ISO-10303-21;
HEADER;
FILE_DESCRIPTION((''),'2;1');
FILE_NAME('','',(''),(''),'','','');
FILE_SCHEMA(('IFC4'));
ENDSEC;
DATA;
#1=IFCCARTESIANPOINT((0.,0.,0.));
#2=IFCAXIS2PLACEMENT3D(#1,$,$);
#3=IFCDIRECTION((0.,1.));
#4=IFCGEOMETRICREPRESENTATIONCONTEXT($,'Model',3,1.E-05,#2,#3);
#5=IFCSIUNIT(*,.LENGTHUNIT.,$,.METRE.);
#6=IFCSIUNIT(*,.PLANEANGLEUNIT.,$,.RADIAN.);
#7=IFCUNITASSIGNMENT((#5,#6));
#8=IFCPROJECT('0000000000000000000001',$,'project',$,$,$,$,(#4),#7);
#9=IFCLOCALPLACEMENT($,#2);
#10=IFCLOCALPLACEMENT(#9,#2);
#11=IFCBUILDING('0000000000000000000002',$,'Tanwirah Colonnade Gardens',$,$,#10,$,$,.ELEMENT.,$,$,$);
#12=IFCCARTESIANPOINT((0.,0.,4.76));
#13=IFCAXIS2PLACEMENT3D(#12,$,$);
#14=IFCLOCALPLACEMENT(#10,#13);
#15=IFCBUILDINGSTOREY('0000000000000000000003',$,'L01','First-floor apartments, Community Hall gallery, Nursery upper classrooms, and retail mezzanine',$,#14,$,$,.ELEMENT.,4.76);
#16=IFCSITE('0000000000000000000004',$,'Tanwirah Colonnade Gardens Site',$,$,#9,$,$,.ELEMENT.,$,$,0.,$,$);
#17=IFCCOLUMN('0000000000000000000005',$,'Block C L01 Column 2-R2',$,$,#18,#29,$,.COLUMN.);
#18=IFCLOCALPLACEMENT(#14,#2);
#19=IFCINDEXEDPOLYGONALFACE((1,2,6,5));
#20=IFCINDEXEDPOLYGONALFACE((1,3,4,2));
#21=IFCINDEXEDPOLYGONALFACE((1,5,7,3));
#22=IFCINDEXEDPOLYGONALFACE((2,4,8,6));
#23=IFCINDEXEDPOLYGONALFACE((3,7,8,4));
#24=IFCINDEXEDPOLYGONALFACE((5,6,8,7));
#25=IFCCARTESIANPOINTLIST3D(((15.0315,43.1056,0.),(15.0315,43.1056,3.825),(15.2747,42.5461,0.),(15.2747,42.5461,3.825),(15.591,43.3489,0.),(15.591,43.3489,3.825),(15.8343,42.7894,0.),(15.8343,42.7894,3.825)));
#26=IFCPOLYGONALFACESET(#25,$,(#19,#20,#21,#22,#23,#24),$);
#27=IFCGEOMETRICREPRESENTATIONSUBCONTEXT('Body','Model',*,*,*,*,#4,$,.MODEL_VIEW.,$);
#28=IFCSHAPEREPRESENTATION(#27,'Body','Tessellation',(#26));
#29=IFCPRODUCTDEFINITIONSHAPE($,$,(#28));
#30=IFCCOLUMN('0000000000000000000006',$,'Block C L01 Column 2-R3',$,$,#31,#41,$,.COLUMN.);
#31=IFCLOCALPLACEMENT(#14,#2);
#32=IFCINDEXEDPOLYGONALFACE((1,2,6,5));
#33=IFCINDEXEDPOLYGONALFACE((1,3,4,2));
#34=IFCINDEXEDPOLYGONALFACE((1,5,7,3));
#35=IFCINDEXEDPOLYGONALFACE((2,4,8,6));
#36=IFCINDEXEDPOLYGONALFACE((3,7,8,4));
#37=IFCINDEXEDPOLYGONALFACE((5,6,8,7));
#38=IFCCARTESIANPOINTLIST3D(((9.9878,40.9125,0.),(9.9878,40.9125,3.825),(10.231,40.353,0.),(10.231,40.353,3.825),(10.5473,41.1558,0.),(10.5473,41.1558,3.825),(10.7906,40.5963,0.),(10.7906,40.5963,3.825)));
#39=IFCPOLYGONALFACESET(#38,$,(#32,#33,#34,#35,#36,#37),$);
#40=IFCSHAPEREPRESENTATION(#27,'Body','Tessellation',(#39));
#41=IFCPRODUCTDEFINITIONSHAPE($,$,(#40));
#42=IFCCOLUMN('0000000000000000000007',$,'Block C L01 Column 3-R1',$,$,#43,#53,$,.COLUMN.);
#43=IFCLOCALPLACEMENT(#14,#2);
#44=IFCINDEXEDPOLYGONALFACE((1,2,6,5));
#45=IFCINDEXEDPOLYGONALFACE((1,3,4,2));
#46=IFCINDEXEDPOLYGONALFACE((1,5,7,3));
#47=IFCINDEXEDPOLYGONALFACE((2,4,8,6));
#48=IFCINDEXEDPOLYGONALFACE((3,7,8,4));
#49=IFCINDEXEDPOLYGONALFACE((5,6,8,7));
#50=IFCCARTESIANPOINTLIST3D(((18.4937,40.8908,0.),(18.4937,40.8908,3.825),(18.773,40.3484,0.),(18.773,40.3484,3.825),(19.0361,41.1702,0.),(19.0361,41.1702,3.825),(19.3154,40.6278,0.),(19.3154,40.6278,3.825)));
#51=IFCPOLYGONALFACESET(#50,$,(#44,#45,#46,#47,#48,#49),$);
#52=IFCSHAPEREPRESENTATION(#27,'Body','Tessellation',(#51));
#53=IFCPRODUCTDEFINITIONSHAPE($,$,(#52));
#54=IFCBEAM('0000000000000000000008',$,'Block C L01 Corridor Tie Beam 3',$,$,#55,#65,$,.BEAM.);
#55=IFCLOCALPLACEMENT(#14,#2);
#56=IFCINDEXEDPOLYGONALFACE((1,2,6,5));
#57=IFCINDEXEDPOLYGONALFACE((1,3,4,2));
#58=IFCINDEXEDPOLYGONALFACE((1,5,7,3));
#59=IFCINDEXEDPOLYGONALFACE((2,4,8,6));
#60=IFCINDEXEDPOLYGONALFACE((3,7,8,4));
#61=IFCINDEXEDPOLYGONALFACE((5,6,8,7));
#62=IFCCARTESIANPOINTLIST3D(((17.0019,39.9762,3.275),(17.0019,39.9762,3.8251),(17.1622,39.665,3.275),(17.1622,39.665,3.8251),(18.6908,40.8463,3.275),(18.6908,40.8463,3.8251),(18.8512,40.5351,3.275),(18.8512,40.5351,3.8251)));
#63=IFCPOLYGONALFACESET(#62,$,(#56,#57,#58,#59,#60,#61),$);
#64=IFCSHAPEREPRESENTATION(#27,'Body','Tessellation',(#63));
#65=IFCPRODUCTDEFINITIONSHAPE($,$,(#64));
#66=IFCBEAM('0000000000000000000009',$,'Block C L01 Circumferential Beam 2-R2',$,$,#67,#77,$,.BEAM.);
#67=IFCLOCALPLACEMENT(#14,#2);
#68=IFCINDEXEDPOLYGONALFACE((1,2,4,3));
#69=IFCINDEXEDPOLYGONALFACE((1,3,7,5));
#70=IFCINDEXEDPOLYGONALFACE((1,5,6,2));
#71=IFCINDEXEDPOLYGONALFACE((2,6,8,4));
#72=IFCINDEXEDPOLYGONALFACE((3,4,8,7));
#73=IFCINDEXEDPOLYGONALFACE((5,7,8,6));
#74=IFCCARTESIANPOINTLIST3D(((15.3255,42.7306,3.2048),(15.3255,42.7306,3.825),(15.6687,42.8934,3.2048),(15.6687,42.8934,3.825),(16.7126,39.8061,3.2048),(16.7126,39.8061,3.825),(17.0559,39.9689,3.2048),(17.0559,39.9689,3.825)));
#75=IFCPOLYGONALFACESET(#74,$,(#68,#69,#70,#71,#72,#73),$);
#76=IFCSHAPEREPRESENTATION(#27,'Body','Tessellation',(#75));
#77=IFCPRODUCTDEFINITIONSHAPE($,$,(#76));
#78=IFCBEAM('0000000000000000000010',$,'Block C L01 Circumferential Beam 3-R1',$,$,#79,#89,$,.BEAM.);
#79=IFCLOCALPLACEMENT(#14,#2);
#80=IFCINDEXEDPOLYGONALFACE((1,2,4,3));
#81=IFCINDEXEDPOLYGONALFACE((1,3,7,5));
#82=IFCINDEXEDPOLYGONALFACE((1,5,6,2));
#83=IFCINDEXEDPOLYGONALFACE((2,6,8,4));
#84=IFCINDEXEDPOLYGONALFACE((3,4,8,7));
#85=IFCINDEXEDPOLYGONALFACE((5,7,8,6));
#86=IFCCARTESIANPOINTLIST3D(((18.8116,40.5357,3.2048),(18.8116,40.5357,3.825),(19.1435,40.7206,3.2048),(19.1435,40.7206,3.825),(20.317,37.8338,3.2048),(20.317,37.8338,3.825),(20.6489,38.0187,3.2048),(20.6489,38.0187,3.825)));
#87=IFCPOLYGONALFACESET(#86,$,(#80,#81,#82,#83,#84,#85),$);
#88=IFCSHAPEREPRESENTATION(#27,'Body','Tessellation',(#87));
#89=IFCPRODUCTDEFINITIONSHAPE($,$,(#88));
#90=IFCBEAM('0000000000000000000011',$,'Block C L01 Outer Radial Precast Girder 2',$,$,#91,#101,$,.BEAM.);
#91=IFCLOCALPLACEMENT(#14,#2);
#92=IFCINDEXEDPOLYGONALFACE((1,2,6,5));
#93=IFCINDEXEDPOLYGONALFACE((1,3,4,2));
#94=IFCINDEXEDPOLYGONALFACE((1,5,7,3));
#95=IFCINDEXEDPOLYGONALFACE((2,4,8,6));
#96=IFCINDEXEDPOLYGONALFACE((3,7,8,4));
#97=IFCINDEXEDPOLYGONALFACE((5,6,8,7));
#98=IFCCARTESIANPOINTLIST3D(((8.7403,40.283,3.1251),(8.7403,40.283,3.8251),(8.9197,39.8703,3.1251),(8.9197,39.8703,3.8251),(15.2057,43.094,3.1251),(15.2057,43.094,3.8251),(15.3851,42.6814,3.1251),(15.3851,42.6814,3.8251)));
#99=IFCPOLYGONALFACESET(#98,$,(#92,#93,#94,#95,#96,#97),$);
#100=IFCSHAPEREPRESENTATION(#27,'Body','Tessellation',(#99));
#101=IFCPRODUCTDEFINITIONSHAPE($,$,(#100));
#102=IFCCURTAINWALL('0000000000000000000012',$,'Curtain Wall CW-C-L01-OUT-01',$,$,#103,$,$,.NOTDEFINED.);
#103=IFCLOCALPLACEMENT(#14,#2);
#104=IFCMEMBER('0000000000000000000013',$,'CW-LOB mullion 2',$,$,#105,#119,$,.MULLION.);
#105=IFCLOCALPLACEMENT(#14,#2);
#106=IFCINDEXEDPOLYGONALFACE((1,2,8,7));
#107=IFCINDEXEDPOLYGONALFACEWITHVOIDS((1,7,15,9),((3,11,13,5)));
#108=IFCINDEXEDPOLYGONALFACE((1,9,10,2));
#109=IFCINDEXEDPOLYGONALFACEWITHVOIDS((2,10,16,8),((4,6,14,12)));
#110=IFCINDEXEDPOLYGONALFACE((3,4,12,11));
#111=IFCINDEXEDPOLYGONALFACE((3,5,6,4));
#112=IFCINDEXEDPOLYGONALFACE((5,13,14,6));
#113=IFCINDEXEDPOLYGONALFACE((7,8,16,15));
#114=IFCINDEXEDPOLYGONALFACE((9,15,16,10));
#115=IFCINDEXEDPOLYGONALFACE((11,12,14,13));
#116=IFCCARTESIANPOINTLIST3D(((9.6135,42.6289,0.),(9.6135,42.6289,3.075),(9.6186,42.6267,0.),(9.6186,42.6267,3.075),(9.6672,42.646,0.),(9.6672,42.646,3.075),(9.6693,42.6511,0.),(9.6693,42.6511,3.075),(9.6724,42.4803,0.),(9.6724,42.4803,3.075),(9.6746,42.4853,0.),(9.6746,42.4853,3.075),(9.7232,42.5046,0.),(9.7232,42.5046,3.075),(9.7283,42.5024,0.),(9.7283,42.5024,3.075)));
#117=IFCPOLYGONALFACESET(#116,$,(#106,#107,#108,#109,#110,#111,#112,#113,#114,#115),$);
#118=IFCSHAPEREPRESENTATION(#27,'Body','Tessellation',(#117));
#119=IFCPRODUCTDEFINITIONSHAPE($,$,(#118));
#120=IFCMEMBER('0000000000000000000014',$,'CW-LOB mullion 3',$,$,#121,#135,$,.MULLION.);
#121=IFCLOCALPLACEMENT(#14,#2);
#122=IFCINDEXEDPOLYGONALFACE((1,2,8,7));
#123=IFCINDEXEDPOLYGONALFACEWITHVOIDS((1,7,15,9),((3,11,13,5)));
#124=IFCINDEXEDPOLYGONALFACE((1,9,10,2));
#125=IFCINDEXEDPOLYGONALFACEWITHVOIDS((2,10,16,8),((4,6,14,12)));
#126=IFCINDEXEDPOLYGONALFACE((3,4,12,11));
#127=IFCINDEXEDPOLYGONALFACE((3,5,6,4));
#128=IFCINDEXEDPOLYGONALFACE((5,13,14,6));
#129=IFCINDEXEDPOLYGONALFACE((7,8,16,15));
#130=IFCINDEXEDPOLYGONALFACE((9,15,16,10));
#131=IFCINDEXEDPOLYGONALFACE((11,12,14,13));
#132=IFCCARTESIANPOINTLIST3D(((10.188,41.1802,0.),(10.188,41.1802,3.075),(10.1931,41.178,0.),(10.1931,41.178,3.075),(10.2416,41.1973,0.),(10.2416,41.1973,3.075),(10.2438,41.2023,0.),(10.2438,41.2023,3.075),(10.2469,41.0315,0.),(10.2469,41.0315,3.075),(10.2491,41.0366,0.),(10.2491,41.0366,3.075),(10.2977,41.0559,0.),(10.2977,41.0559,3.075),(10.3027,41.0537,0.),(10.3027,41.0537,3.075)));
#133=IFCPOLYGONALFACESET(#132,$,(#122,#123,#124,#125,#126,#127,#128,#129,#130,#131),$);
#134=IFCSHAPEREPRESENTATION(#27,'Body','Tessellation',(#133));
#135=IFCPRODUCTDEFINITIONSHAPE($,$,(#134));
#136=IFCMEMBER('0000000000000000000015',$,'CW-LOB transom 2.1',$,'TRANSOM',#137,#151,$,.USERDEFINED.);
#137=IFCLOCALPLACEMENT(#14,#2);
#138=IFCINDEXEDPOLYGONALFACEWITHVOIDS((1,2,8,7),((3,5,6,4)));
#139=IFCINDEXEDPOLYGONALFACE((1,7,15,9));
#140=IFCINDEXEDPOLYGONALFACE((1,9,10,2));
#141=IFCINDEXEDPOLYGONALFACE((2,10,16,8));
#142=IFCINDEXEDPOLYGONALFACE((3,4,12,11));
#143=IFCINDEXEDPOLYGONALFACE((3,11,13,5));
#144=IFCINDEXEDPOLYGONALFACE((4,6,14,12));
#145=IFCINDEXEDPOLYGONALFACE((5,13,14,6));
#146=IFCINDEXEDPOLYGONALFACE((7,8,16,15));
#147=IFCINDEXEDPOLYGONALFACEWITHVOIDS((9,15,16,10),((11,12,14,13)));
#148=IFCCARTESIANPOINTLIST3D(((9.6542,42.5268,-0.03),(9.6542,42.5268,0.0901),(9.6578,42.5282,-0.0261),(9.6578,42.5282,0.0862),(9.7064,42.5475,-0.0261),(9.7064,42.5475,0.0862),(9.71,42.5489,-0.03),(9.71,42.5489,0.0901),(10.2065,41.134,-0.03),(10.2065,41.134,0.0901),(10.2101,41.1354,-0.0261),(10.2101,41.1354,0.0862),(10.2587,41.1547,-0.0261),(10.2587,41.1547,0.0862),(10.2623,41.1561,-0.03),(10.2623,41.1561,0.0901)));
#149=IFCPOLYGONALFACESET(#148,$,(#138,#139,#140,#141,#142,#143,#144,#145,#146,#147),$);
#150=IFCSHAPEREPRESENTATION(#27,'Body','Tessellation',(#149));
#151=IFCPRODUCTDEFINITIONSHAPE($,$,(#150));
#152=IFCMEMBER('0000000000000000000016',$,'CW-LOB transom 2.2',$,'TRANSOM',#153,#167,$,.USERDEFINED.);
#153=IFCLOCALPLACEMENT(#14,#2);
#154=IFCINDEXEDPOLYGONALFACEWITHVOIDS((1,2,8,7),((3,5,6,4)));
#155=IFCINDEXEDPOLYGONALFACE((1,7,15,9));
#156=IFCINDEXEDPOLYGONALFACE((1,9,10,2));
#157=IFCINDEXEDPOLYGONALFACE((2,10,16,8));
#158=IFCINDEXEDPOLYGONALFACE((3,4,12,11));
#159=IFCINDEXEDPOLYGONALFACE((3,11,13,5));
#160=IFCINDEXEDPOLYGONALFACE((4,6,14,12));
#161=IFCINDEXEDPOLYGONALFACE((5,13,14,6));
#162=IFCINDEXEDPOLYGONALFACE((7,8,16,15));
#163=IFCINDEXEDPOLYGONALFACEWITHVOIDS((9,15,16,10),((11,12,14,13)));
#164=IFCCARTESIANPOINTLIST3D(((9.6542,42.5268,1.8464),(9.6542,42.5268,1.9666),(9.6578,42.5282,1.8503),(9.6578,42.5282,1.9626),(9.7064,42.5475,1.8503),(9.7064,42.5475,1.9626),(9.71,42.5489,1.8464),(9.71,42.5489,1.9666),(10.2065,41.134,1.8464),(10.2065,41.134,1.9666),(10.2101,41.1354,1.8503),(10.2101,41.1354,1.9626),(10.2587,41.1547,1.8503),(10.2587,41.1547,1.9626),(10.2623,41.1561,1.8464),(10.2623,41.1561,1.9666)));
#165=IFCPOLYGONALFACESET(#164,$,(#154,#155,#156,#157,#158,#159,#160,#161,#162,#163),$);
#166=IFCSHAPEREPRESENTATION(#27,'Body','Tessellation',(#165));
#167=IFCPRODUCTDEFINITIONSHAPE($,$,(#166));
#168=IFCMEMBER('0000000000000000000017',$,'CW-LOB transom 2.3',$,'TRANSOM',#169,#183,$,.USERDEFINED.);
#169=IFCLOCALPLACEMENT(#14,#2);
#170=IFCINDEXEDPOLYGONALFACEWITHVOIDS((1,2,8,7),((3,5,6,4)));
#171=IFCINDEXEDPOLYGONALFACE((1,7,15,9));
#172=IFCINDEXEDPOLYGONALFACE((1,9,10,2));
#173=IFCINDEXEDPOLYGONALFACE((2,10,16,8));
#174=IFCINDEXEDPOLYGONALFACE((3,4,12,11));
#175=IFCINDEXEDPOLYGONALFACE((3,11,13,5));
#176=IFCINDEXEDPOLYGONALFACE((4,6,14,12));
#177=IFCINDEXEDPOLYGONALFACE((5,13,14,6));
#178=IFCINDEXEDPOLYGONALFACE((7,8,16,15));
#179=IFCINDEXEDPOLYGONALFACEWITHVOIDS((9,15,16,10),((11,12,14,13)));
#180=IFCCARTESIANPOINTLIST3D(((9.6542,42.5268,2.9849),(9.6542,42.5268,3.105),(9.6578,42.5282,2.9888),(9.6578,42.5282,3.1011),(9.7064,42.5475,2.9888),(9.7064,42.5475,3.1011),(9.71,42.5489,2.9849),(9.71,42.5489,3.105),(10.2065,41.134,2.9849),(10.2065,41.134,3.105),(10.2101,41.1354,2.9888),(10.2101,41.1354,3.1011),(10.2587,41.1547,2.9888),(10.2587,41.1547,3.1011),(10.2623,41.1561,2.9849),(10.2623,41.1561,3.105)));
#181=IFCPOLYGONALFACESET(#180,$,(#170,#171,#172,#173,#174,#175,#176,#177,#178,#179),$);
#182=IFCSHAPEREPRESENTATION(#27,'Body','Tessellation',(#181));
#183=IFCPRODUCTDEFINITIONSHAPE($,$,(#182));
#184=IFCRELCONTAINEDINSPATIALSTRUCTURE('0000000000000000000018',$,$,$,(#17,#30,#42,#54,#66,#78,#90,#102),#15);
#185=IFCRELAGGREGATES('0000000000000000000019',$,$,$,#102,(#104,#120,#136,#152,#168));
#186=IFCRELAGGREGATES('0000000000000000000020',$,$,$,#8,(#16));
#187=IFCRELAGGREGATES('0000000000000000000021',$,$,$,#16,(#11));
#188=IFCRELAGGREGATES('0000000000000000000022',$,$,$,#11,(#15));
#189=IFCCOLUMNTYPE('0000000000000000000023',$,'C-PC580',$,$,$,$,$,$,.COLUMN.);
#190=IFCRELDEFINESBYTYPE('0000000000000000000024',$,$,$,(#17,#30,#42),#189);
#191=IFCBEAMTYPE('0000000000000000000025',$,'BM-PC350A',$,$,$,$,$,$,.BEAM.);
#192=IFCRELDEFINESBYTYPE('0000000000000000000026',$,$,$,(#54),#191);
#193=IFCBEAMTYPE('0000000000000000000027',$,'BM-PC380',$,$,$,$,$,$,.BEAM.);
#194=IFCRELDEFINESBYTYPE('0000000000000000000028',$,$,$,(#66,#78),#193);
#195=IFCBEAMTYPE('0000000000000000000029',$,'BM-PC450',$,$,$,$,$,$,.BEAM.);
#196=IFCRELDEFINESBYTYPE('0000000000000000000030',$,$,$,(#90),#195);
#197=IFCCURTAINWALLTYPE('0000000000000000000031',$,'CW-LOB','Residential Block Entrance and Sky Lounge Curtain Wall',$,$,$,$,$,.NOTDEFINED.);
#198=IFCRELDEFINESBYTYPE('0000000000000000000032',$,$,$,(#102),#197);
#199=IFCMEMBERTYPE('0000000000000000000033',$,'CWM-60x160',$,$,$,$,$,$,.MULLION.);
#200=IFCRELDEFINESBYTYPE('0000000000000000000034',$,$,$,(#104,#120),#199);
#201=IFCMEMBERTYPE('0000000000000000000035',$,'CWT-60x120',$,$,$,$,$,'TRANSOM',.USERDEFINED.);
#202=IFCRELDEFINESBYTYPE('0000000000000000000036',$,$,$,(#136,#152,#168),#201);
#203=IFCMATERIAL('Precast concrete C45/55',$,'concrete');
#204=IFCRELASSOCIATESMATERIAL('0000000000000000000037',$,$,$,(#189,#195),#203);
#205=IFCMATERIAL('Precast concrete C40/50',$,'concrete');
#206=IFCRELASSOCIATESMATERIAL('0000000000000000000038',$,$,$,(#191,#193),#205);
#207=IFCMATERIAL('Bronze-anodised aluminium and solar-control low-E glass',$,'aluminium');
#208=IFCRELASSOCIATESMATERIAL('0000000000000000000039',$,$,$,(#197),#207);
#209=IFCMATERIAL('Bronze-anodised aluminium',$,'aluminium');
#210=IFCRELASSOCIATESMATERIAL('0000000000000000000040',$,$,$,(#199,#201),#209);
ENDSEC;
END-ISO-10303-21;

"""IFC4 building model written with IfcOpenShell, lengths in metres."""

from ifc_helpers import new_model, si_unit, direction, frame, origin, origin_2d, place, context, subcontext, project, spatial, rectangle, hollow_rectangle, extrude, material, material_profile, profile_set, type_object, element, aggregate, save


model = new_model("IFC4")

# Units and contexts
model_context = context("Model", 3, precision=1e-05, world=origin(), true_north=direction((0.0, 1.0)))
body_context = subcontext(model_context, "Body", "Model", "MODEL_VIEW")
ifc_project = project(units=[si_unit("LENGTHUNIT", "METRE"), si_unit("PLANEANGLEUNIT", "RADIAN")], contexts=[model_context])

# Site, building, storey
site_placement = place(None, origin())
site = spatial("IfcSite", under=ifc_project, at=site_placement, Name="Tanwirah Colonnade Gardens Site", CompositionType="ELEMENT", RefElevation=0.0)
building_placement = place(site_placement, origin())
building = spatial("IfcBuilding", under=site, at=building_placement, Name="Tanwirah Colonnade Gardens", CompositionType="ELEMENT")
storey_placement = place(building_placement, frame((0.0, 0.0, 4.76)))
storey = spatial("IfcBuildingStorey", under=building, at=storey_placement, Name="L01", Description="First-floor apartments, Community Hall gallery, Nursery upper classrooms, and retail mezzanine", CompositionType="ELEMENT", Elevation=4.76)

# Columns
ifc_material_1 = material(Name="Precast concrete C45/55", Category="concrete")
ifc_material_profile_1 = material_profile(ifc_material_1, rectangle(XDim=0.6101, YDim=0.6101, at=origin_2d()), Name="PC-COL 610x610")
ifc_profile_set_1 = profile_set([ifc_material_profile_1], Name="Precast concrete C45/55")
column_type = type_object("IfcColumnType", Name="C-PC580", PredefinedType="COLUMN", material=ifc_profile_set_1)
for number, where, z_axis, x_axis, name in (
    (1, (15.4329, 42.9475, 0.0), (0.0, 0.0, 1.0), (-0.91706, -0.398749, 0.0), "Block C L01 Column 2-R2"),
    (2, (10.3892, 40.7544, 0.0), (0.0, 0.0, 1.0), (-0.91706, -0.398749, 0.0), "Block C L01 Column 2-R3"),
    (3, (18.9045, 40.7593, 0.0), (0.0, 0.0, 1.0), (-0.889017, -0.457874, 0.0), "Block C L01 Column 3-R1"),
):
    element("IfcColumn", number, at=place(storey_placement, frame(where, z_axis=z_axis, x_axis=x_axis)), inside=storey, type_object=column_type, Name=name, PredefinedType="COLUMN", context=body_context, shape_type="SweptSolid", body=[
        extrude(rectangle(XDim=0.6101, YDim=0.6101, at=origin_2d()), origin(), (0.0, 0.0, 1.0), 3.825),
    ])

# Beams
ifc_material_2 = material(Name="Precast concrete C40/50", Category="concrete")
ifc_material_profile_2 = material_profile(ifc_material_2, rectangle(XDim=0.3501, YDim=0.55, at=origin_2d()), Name="PC-BM 350x550")
ifc_profile_set_2 = profile_set([ifc_material_profile_2], Name="Precast concrete C40/50")
beam_type_1 = type_object("IfcBeamType", Name="BM-PC350A", PredefinedType="BEAM", material=ifc_profile_set_2)
beam_1_placement = place(storey_placement, frame((18.771, 40.6907, 3.55), z_axis=(-0.888965, -0.457975, 0.0), x_axis=(0.457975, -0.888965, 0.0)))
element("IfcBeam", 4, at=beam_1_placement, inside=storey, type_object=beam_type_1, Name="Block C L01 Corridor Tie Beam 3", PredefinedType="BEAM", context=body_context, shape_type="SweptSolid", body=[
    extrude(rectangle(XDim=0.3501, YDim=0.55, at=origin_2d()), origin(), (0.0, 0.0, 1.0), 1.8999),
])
ifc_material_profile_3 = material_profile(ifc_material_2, rectangle(XDim=0.3799, YDim=0.6201, at=origin_2d()), Name="PC-BM 380x620")
ifc_profile_set_3 = profile_set([ifc_material_profile_3], Name="Precast concrete C40/50")
beam_type_2 = type_object("IfcBeamType", Name="BM-PC380", PredefinedType="BEAM", material=ifc_profile_set_3)
beam_2_placement = place(storey_placement, frame((15.4971, 42.812, 3.5149), z_axis=(0.428563, -0.903512, 0.0), x_axis=(0.903512, 0.428563, 0.0)))
element("IfcBeam", 5, at=beam_2_placement, inside=storey, type_object=beam_type_2, Name="Block C L01 Circumferential Beam 2-R2", PredefinedType="BEAM", context=body_context, shape_type="SweptSolid", body=[
    extrude(rectangle(XDim=0.3799, YDim=0.6201, at=origin_2d()), origin(), (0.0, 0.0, 1.0), 3.2368),
])
beam_3_placement = place(storey_placement, frame((18.9775, 40.6282, 3.5149), z_axis=(0.486708, -0.873565, 0.0), x_axis=(0.873565, 0.486708, 0.0)))
element("IfcBeam", 6, at=beam_3_placement, inside=storey, type_object=beam_type_2, Name="Block C L01 Circumferential Beam 3-R1", PredefinedType="BEAM", context=body_context, shape_type="SweptSolid", body=[
    extrude(rectangle(XDim=0.3799, YDim=0.6201, at=origin_2d()), origin(), (0.0, 0.0, 1.0), 3.093),
])
ifc_material_profile_4 = material_profile(ifc_material_1, rectangle(XDim=0.45, YDim=0.7, at=origin_2d()), Name="PC-BM 450x700")
ifc_profile_set_4 = profile_set([ifc_material_profile_4], Name="Precast concrete C45/55")
beam_type_3 = type_object("IfcBeamType", Name="BM-PC450", PredefinedType="BEAM", material=ifc_profile_set_4)
beam_4_placement = place(storey_placement, frame((15.2954, 42.8877, 3.4751), z_axis=(-0.917069, -0.398729, 0.0), x_axis=(0.398729, -0.917069, 0.0)))
element("IfcBeam", 7, at=beam_4_placement, inside=storey, type_object=beam_type_3, Name="Block C L01 Outer Radial Precast Girder 2", PredefinedType="BEAM", context=body_context, shape_type="SweptSolid", body=[
    extrude(rectangle(XDim=0.45, YDim=0.7, at=origin_2d()), origin(), (0.0, 0.0, 1.0), 7.05),
])

# Curtain wall, members
ifc_material_3 = material(Name="Bronze-anodised aluminium and solar-control low-E glass", Category="aluminium")
curtain_wall_type = type_object("IfcCurtainWallType", Name="CW-LOB", Description="Residential Block Entrance and Sky Lounge Curtain Wall", PredefinedType="NOTDEFINED", material=ifc_material_3)
curtain_wall_placement = place(storey_placement, origin())
curtain_wall = element("IfcCurtainWall", 8, at=curtain_wall_placement, inside=storey, type_object=curtain_wall_type, Name="Curtain Wall CW-C-L01-OUT-01", PredefinedType="NOTDEFINED")
ifc_material_4 = material(Name="Bronze-anodised aluminium", Category="aluminium")
ifc_material_profile_5 = material_profile(ifc_material_4, hollow_rectangle(XDim=0.0601, YDim=0.1599, WallThickness=0.0039, at=origin_2d()), Name="CW-MUL 60x160x4")
ifc_profile_set_5 = profile_set([ifc_material_profile_5], Name="Bronze-anodised aluminium")
member_type_1 = type_object("IfcMemberType", Name="CWM-60x160", PredefinedType="MULLION", material=ifc_profile_set_5)
member_1_placement = place(storey_placement, frame((9.6709, 42.5657, 0.0), z_axis=(0.0, 0.0, 1.0), x_axis=(0.929616, 0.368529, 0.0)))
member_1 = element("IfcMember", 9, at=member_1_placement, type_object=member_type_1, Name="CW-LOB mullion 2", PredefinedType="MULLION", context=body_context, shape_type="SweptSolid", body=[
    extrude(hollow_rectangle(XDim=0.0601, YDim=0.1599, WallThickness=0.0039, at=origin_2d()), origin(), (0.0, 0.0, 1.0), 3.075),
])
member_2_placement = place(storey_placement, frame((10.2454, 41.1169, 0.0), z_axis=(0.0, 0.0, 1.0), x_axis=(0.929616, 0.368529, 0.0)))
member_2 = element("IfcMember", 10, at=member_2_placement, type_object=member_type_1, Name="CW-LOB mullion 3", PredefinedType="MULLION", context=body_context, shape_type="SweptSolid", body=[
    extrude(hollow_rectangle(XDim=0.0601, YDim=0.1599, WallThickness=0.0039, at=origin_2d()), origin(), (0.0, 0.0, 1.0), 3.075),
])
ifc_material_profile_6 = material_profile(ifc_material_4, hollow_rectangle(XDim=0.0601, YDim=0.1201, WallThickness=0.0039, at=origin_2d()), Name="CW-TRN 60x120x4")
ifc_profile_set_6 = profile_set([ifc_material_profile_6], Name="Bronze-anodised aluminium")
member_type_2 = type_object("IfcMemberType", Name="CWT-60x120", ElementType="TRANSOM", PredefinedType="USERDEFINED", material=ifc_profile_set_6)
member_3_placement = place(storey_placement, frame((9.6821, 42.5378, 0.03), z_axis=(0.36858, -0.929596, 0.0), x_axis=(0.929596, 0.36858, 0.0)))
member_3 = element("IfcMember", 11, at=member_3_placement, type_object=member_type_2, Name="CW-LOB transom 2.1", ObjectType="TRANSOM", PredefinedType="USERDEFINED", context=body_context, shape_type="SweptSolid", body=[
    extrude(hollow_rectangle(XDim=0.0601, YDim=0.1201, WallThickness=0.0039, at=origin_2d()), origin(), (0.0, 0.0, 1.0), 1.4983),
])
member_4_placement = place(storey_placement, frame((9.6821, 42.5378, 1.9065), z_axis=(0.36858, -0.929596, 0.0), x_axis=(0.929596, 0.36858, 0.0)))
member_4 = element("IfcMember", 12, at=member_4_placement, type_object=member_type_2, Name="CW-LOB transom 2.2", ObjectType="TRANSOM", PredefinedType="USERDEFINED", context=body_context, shape_type="SweptSolid", body=[
    extrude(hollow_rectangle(XDim=0.0601, YDim=0.1201, WallThickness=0.0039, at=origin_2d()), origin(), (0.0, 0.0, 1.0), 1.4983),
])
member_5_placement = place(storey_placement, frame((9.6821, 42.5378, 3.0449), z_axis=(0.36858, -0.929596, 0.0), x_axis=(0.929596, 0.36858, 0.0)))
member_5 = element("IfcMember", 13, at=member_5_placement, type_object=member_type_2, Name="CW-LOB transom 2.3", ObjectType="TRANSOM", PredefinedType="USERDEFINED", context=body_context, shape_type="SweptSolid", body=[
    extrude(hollow_rectangle(XDim=0.0601, YDim=0.1201, WallThickness=0.0039, at=origin_2d()), origin(), (0.0, 0.0, 1.0), 1.4983),
])

aggregate(curtain_wall, [member_1, member_2, member_3, member_4, member_5])

save(model, "model.ifc")
